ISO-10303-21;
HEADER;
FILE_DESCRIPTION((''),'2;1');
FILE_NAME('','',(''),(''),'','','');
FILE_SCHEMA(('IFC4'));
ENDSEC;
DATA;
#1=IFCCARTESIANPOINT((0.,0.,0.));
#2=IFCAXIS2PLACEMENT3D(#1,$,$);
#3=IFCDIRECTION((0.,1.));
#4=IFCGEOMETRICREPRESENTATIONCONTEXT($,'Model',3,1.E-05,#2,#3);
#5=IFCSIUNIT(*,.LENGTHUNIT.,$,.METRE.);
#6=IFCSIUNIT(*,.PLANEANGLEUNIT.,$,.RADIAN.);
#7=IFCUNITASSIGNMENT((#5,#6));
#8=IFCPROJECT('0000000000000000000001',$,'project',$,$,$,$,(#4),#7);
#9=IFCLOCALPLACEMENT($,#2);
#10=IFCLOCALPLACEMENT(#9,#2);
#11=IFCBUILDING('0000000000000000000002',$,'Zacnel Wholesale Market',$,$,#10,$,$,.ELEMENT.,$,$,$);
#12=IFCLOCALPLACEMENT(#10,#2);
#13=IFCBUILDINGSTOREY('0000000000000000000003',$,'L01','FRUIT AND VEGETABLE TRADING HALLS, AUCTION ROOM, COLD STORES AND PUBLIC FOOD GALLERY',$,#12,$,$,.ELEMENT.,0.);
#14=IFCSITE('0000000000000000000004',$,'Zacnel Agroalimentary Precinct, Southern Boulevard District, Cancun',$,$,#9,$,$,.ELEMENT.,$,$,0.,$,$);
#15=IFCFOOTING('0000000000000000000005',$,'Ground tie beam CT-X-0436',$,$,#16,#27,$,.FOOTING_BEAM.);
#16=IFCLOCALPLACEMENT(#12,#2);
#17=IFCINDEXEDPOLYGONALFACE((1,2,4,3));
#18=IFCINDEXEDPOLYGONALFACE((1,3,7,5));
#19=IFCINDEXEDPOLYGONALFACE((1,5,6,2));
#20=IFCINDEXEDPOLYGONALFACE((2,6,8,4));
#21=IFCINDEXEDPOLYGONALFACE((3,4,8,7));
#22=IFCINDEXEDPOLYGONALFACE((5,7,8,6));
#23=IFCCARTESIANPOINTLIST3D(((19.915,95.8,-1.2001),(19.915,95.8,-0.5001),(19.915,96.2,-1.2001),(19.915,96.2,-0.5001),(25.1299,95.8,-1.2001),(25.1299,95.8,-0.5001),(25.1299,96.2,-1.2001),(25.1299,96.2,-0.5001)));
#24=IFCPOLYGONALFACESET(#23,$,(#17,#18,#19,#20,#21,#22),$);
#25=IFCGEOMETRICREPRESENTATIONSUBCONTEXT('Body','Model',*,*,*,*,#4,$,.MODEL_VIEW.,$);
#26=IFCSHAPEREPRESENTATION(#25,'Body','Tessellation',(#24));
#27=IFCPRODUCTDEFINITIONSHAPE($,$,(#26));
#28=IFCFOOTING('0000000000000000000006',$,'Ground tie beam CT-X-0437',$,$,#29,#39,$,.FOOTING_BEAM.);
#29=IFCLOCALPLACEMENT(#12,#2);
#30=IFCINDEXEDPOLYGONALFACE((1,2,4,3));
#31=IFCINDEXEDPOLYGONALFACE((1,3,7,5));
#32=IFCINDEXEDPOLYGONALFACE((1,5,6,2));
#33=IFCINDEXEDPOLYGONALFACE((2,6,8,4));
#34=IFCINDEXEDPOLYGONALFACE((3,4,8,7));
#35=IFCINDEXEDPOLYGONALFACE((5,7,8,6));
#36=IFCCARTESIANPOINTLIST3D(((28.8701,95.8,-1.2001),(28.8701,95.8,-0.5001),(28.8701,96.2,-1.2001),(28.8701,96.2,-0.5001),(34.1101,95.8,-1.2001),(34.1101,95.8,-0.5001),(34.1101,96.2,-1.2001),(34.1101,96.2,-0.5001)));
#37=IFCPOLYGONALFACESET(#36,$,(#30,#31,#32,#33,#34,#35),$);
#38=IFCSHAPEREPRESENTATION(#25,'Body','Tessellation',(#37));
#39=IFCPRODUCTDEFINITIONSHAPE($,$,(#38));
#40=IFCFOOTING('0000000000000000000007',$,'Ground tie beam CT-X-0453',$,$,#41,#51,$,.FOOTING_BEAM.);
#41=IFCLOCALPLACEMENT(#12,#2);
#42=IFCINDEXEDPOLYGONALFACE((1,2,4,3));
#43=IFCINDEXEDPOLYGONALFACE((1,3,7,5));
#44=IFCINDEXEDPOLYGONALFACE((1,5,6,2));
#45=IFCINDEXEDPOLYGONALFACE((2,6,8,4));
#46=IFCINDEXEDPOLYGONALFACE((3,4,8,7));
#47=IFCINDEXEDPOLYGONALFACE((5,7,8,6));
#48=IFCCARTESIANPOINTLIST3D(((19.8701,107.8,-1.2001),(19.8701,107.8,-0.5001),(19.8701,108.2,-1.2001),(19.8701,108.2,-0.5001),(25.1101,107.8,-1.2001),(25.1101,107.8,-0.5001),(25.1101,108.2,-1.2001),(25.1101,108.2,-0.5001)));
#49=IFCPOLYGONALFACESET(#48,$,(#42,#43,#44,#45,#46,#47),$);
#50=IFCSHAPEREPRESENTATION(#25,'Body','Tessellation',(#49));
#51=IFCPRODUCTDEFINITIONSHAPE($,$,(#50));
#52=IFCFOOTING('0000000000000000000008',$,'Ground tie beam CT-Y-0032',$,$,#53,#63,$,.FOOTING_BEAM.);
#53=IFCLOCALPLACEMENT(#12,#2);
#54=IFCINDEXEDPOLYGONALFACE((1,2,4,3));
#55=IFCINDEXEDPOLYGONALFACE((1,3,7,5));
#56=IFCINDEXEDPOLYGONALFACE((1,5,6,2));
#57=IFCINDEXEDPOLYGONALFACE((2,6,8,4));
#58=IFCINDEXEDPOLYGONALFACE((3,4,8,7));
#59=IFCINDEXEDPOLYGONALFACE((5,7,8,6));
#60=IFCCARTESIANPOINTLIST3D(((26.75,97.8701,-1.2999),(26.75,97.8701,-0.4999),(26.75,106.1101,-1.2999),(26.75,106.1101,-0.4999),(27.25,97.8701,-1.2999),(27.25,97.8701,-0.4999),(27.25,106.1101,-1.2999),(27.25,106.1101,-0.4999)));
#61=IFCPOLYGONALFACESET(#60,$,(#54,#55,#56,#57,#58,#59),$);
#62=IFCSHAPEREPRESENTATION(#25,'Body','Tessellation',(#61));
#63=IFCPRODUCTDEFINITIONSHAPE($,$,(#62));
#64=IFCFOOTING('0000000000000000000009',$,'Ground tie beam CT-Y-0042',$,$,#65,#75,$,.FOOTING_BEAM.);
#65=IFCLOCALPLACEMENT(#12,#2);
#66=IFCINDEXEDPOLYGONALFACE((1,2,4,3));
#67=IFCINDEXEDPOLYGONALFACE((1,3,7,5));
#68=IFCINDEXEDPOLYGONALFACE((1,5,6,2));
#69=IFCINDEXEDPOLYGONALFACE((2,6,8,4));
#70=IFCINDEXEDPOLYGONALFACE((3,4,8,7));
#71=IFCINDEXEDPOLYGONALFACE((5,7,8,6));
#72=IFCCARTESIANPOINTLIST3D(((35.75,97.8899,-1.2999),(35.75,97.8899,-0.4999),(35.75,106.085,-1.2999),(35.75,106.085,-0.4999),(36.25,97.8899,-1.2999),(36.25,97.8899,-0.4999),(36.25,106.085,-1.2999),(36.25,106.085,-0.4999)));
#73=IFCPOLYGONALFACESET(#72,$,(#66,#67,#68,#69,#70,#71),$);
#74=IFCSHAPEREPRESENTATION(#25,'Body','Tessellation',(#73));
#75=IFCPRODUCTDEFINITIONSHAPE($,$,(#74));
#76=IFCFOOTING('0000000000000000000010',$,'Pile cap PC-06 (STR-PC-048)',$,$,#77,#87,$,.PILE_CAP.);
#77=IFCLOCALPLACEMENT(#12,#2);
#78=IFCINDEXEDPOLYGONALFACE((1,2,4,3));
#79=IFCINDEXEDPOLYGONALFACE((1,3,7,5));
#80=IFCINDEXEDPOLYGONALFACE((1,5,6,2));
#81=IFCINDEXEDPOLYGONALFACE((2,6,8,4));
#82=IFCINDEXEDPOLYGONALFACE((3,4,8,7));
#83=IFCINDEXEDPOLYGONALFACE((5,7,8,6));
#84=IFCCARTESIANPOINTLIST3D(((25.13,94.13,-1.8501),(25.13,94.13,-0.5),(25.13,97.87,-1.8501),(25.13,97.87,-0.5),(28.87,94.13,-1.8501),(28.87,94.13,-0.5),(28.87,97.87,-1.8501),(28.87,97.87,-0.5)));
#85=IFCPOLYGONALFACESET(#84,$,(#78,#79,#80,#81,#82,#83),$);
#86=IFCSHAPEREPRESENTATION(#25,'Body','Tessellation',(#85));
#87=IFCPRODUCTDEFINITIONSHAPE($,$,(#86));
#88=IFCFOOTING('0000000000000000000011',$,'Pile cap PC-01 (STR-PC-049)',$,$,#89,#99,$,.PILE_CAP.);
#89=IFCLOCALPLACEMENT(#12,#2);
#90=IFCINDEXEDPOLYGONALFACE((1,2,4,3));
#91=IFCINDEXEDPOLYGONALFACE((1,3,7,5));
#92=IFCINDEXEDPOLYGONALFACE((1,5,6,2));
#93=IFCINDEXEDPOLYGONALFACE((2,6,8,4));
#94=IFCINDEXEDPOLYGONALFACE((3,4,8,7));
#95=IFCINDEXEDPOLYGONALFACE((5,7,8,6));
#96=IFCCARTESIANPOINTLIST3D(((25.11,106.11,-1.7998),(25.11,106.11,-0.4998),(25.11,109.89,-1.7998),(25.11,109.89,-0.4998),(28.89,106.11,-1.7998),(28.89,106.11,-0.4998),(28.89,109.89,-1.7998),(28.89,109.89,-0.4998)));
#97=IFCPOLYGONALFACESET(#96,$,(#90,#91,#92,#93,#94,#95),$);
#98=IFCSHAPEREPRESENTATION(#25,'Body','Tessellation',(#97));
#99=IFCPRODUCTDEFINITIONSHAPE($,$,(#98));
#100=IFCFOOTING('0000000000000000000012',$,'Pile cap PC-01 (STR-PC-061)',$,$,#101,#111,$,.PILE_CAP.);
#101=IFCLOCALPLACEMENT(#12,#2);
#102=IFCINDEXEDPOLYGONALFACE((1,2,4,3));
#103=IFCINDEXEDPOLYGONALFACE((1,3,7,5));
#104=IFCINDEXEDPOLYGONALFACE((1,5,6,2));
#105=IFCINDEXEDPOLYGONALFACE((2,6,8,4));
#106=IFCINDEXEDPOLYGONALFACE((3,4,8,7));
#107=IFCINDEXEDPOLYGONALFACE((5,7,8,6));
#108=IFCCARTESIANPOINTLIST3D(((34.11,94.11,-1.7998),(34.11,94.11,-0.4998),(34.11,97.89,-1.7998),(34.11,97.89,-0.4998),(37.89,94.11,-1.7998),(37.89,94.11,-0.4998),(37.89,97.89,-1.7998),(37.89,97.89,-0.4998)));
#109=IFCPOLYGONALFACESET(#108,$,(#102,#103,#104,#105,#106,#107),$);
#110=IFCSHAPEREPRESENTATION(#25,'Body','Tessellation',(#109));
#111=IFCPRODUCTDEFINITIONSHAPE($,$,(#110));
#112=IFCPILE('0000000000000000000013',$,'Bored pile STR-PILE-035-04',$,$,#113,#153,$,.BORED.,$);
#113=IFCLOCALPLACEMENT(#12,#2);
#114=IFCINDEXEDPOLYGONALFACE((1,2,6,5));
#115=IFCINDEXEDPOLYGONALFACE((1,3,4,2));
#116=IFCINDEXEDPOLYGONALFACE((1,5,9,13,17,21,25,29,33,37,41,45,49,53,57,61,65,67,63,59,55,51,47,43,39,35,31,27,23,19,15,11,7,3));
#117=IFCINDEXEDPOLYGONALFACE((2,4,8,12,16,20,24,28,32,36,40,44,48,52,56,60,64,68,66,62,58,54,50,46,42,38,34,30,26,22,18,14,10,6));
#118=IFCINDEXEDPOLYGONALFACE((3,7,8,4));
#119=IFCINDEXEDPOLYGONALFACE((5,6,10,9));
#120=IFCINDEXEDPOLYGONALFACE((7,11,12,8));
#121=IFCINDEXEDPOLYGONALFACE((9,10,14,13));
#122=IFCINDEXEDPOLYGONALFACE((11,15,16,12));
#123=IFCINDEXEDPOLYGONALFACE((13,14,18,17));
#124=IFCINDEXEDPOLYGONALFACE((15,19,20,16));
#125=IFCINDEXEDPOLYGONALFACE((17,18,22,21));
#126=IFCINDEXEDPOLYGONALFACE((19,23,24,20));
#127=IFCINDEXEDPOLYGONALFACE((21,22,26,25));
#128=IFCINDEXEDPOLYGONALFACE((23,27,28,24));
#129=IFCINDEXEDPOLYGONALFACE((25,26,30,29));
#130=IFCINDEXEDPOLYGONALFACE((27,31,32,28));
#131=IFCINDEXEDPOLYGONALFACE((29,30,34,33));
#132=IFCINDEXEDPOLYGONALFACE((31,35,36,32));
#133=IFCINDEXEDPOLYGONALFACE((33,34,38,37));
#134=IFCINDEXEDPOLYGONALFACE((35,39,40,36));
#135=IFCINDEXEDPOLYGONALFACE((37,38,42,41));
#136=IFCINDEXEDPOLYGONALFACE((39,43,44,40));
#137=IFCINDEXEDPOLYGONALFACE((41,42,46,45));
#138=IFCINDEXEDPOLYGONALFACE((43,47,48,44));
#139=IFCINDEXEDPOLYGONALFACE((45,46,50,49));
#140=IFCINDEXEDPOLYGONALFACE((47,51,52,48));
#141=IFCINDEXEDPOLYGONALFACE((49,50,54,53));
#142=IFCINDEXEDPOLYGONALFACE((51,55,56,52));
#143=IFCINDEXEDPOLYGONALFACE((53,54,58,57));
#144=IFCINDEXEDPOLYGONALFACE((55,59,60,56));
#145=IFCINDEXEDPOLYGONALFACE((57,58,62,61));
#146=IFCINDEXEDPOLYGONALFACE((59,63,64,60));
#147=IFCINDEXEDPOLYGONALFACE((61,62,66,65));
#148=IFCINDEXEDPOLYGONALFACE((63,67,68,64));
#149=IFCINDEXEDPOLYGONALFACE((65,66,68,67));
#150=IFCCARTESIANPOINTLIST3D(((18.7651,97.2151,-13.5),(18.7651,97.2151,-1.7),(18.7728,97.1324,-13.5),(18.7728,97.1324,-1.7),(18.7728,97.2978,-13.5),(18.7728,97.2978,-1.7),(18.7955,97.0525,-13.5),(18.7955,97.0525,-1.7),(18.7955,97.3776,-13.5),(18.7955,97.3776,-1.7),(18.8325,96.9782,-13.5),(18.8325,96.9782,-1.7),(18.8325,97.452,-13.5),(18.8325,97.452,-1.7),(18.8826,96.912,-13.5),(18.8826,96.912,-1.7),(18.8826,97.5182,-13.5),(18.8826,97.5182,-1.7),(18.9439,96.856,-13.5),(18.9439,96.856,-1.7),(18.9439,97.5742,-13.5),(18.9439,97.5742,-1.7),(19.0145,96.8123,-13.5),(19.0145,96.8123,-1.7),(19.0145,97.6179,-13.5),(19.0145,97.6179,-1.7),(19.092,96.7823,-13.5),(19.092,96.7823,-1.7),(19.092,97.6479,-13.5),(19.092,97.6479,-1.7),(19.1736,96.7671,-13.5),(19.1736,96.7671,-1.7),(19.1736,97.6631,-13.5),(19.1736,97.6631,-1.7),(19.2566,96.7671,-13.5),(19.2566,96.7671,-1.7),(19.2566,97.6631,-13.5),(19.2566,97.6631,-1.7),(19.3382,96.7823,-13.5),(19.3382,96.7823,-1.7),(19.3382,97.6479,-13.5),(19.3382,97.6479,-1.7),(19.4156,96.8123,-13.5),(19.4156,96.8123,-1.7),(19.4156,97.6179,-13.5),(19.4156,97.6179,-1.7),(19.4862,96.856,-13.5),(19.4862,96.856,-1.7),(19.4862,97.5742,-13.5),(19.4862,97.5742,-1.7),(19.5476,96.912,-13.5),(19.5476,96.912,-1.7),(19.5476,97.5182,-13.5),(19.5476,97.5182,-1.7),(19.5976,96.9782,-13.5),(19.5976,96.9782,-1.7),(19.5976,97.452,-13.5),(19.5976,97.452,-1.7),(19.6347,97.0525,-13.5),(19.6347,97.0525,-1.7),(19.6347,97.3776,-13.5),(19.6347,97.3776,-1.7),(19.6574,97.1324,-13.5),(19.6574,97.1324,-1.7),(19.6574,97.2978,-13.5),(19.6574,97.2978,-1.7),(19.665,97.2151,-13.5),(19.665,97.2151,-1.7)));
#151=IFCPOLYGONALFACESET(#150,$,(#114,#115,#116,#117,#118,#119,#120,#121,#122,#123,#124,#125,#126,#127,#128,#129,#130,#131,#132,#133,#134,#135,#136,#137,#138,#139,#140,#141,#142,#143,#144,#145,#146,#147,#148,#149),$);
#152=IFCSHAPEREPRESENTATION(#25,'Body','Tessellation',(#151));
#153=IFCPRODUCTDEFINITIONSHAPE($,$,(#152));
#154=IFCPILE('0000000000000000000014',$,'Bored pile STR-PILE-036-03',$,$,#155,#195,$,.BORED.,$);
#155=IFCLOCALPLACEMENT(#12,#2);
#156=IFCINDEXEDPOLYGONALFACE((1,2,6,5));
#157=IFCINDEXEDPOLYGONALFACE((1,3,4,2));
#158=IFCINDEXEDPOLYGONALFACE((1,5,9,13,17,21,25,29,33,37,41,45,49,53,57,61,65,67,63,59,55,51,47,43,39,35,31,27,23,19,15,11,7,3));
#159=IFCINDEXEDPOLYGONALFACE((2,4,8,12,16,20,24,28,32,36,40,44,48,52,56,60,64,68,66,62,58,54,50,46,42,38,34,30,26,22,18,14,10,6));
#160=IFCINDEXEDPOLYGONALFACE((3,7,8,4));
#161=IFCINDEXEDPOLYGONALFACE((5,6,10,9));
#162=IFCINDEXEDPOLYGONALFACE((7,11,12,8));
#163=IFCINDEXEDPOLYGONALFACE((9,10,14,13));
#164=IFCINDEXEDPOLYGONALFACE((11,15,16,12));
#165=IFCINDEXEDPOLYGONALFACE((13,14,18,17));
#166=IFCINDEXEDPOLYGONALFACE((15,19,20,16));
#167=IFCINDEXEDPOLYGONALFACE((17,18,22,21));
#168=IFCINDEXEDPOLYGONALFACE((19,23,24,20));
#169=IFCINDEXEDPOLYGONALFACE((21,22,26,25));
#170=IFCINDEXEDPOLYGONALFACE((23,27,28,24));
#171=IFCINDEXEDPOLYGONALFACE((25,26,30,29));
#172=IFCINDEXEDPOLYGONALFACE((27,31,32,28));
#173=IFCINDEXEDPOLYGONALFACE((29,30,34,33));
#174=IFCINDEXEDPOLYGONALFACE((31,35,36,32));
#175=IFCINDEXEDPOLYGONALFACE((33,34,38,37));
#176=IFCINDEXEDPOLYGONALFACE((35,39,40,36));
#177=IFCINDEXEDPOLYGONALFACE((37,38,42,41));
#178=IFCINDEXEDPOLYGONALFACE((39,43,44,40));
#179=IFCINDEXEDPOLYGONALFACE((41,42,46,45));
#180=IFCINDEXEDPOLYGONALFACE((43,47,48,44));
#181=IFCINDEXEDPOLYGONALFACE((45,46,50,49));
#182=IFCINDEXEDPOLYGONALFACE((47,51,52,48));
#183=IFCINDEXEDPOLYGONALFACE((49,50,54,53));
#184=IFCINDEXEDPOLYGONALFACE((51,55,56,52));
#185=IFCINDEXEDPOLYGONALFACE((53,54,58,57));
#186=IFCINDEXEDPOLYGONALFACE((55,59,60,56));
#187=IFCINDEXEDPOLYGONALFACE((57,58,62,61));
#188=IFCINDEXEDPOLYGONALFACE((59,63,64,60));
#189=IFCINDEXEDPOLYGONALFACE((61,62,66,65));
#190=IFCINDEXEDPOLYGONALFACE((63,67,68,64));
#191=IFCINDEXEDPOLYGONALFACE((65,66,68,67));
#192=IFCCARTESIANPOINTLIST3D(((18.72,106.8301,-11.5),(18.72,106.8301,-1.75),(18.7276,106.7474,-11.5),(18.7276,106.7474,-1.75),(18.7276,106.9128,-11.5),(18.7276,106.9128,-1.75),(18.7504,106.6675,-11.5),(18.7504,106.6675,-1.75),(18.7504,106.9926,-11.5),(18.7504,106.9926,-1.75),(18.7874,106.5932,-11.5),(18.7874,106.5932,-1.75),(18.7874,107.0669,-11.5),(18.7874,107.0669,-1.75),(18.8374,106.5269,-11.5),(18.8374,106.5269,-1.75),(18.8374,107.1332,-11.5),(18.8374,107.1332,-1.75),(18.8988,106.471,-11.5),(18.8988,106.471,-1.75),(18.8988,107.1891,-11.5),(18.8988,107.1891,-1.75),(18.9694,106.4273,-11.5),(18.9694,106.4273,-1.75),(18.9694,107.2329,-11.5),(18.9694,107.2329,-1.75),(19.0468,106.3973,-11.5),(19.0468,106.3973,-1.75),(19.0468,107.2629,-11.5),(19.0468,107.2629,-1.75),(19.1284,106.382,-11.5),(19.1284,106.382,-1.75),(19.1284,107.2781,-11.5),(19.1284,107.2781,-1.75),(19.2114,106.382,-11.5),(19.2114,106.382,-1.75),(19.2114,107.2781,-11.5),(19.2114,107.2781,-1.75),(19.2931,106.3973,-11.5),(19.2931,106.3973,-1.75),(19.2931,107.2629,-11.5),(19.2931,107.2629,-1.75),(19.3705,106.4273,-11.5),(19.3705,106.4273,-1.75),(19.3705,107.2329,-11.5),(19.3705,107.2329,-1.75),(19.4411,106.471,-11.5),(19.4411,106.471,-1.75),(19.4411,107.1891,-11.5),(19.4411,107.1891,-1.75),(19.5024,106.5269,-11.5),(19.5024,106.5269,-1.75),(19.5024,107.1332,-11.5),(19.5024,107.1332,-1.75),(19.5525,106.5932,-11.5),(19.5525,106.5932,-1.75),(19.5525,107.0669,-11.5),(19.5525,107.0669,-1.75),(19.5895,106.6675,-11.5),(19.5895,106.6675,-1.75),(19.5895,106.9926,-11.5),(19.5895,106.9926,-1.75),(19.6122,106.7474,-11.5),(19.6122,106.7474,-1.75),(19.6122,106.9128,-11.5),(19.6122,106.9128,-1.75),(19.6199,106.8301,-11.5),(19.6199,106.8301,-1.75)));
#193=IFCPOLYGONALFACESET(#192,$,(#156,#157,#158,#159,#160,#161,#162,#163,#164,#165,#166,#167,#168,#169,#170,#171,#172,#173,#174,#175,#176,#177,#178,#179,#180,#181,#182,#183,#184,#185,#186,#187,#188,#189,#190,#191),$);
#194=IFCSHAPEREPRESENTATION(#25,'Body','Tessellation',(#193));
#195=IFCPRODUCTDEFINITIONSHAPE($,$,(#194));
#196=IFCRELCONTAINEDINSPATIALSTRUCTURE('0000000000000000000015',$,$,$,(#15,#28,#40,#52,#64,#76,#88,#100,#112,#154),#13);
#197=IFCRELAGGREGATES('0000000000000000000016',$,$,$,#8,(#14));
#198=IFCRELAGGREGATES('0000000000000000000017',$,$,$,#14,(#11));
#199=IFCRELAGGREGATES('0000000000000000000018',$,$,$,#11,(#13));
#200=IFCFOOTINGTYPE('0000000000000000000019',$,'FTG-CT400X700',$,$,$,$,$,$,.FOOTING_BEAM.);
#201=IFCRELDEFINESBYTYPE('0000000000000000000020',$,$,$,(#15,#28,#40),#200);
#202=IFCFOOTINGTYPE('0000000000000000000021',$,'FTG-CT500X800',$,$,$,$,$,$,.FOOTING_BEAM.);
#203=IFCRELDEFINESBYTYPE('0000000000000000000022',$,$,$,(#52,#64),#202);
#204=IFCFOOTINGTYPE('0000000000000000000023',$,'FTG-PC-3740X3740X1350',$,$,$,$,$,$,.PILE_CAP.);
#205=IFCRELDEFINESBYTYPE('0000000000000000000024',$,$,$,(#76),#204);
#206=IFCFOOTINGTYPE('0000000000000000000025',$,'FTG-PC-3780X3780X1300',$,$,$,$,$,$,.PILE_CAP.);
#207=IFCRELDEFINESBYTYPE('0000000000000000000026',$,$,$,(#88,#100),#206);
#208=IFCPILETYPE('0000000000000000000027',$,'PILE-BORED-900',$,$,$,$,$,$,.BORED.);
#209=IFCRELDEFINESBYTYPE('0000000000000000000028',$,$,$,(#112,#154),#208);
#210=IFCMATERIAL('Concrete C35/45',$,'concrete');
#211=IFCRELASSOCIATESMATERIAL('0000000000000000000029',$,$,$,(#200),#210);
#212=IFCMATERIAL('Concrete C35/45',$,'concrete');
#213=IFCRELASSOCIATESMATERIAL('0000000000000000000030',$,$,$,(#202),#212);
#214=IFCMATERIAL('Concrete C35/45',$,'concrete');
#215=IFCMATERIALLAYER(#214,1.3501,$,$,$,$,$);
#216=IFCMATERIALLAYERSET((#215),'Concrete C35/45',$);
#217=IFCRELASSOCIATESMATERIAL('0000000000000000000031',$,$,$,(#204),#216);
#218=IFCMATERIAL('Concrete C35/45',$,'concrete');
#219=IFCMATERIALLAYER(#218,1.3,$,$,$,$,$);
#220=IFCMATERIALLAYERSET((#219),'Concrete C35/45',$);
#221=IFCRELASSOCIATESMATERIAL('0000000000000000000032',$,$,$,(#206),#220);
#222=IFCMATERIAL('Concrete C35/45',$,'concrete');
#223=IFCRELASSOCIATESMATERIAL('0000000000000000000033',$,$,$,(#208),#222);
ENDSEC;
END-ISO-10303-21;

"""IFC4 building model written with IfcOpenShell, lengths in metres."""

from ifc_helpers import new_model, si_unit, direction, frame, origin, origin_2d, place, context, subcontext, project, spatial, rectangle, circle, extrude, material, layer, layer_set, material_profile, profile_set, type_object, element, save


model = new_model("IFC4")

# Units and contexts
model_context = context("Model", 3, precision=1e-05, world=origin(), true_north=direction((0.0, 1.0)))
body_context = subcontext(model_context, "Body", "Model", "MODEL_VIEW")
ifc_project = project(units=[si_unit("LENGTHUNIT", "METRE"), si_unit("PLANEANGLEUNIT", "RADIAN")], contexts=[model_context])

# Site, building, storey
site_placement = place(None, origin())
site = spatial("IfcSite", under=ifc_project, at=site_placement, Name="Zacnel Agroalimentary Precinct, Southern Boulevard District, Cancun", CompositionType="ELEMENT", RefElevation=0.0)
building_placement = place(site_placement, origin())
building = spatial("IfcBuilding", under=site, at=building_placement, Name="Zacnel Wholesale Market", CompositionType="ELEMENT")
storey_placement = place(building_placement, origin())
storey = spatial("IfcBuildingStorey", under=building, at=storey_placement, Name="L01", Description="FRUIT AND VEGETABLE TRADING HALLS, AUCTION ROOM, COLD STORES AND PUBLIC FOOD GALLERY", CompositionType="ELEMENT", Elevation=0.0)

# Footings
ifc_material_1 = material(Name="Concrete C35/45", Category="concrete")
ifc_material_profile_1 = material_profile(ifc_material_1, rectangle(XDim=0.3999, YDim=0.7, at=origin_2d()), Name="CT 400x700")
ifc_profile_set_1 = profile_set([ifc_material_profile_1], Name="Concrete C35/45")
footing_type_1 = type_object("IfcFootingType", Name="FTG-CT400X700", PredefinedType="FOOTING_BEAM", material=ifc_profile_set_1)
footing_1_placement = place(storey_placement, frame((19.915, 96.0, -0.8501), z_axis=(1.0, 0.0, 0.0), x_axis=(0.0, 1.0, 0.0)))
element("IfcFooting", 1, at=footing_1_placement, inside=storey, type_object=footing_type_1, Name="Ground tie beam CT-X-0436", PredefinedType="FOOTING_BEAM", context=body_context, shape_type="SweptSolid", body=[
    extrude(rectangle(XDim=0.3999, YDim=0.7, at=origin_2d()), origin(), (0.0, 0.0, 1.0), 5.2148),
])
for number, where, z_axis, x_axis, name in (
    (2, (28.8701, 96.0, -0.8501), (1.0, 0.0, 0.0), (0.0, 1.0, 0.0), "Ground tie beam CT-X-0437"),
    (3, (19.8701, 108.0, -0.8501), (1.0, 0.0, 0.0), (0.0, 1.0, 0.0), "Ground tie beam CT-X-0453"),
):
    element("IfcFooting", number, at=place(storey_placement, frame(where, z_axis=z_axis, x_axis=x_axis)), inside=storey, type_object=footing_type_1, Name=name, PredefinedType="FOOTING_BEAM", context=body_context, shape_type="SweptSolid", body=[
        extrude(rectangle(XDim=0.3999, YDim=0.7, at=origin_2d()), origin(), (0.0, 0.0, 1.0), 5.24),
    ])
ifc_material_2 = material(Name="Concrete C35/45", Category="concrete")
ifc_material_profile_2 = material_profile(ifc_material_2, rectangle(XDim=0.5, YDim=0.8, at=origin_2d()), Name="CT 500x800")
ifc_profile_set_2 = profile_set([ifc_material_profile_2], Name="Concrete C35/45")
footing_type_2 = type_object("IfcFootingType", Name="FTG-CT500X800", PredefinedType="FOOTING_BEAM", material=ifc_profile_set_2)
footing_2_placement = place(storey_placement, frame((27.0, 97.8701, -0.8999), z_axis=(0.0, 1.0, 0.0), x_axis=(-1.0, 0.0, 0.0)))
element("IfcFooting", 4, at=footing_2_placement, inside=storey, type_object=footing_type_2, Name="Ground tie beam CT-Y-0032", PredefinedType="FOOTING_BEAM", context=body_context, shape_type="SweptSolid", body=[
    extrude(rectangle(XDim=0.5, YDim=0.8, at=origin_2d()), origin(), (0.0, 0.0, 1.0), 8.24),
])
footing_3_placement = place(storey_placement, frame((36.0, 97.8899, -0.8999), z_axis=(0.0, 1.0, 0.0), x_axis=(-1.0, 0.0, 0.0)))
element("IfcFooting", 5, at=footing_3_placement, inside=storey, type_object=footing_type_2, Name="Ground tie beam CT-Y-0042", PredefinedType="FOOTING_BEAM", context=body_context, shape_type="SweptSolid", body=[
    extrude(rectangle(XDim=0.5, YDim=0.8, at=origin_2d()), origin(), (0.0, 0.0, 1.0), 8.1951),
])
ifc_material_3 = material(Name="Concrete C35/45", Category="concrete")
ifc_layer_1 = layer(ifc_material_3, 1.3501)
ifc_layer_set_1 = layer_set([ifc_layer_1], Name="Concrete C35/45")
footing_type_3 = type_object("IfcFootingType", Name="FTG-PC-3740X3740X1350", PredefinedType="PILE_CAP", material=ifc_layer_set_1)
footing_4_placement = place(storey_placement, frame((27.0, 96.0, -1.8501), z_axis=(0.0, 0.0, 1.0), x_axis=(1.0, 0.0, 0.0)))
element("IfcFooting", 6, at=footing_4_placement, inside=storey, type_object=footing_type_3, Name="Pile cap PC-06 (STR-PC-048)", PredefinedType="PILE_CAP", context=body_context, shape_type="SweptSolid", body=[
    extrude(rectangle(XDim=3.74, YDim=3.74, at=origin_2d()), origin(), (0.0, 0.0, 1.0), 1.3501),
])
ifc_material_4 = material(Name="Concrete C35/45", Category="concrete")
ifc_layer_2 = layer(ifc_material_4, 1.3)
ifc_layer_set_2 = layer_set([ifc_layer_2], Name="Concrete C35/45")
footing_type_4 = type_object("IfcFootingType", Name="FTG-PC-3780X3780X1300", PredefinedType="PILE_CAP", material=ifc_layer_set_2)
for number, where, z_axis, x_axis, name in (
    (7, (27.0, 108.0, -1.7998), (0.0, 0.0, 1.0), (1.0, 0.0, 0.0), "Pile cap PC-01 (STR-PC-049)"),
    (8, (36.0, 96.0, -1.7998), (0.0, 0.0, 1.0), (1.0, 0.0, 0.0), "Pile cap PC-01 (STR-PC-061)"),
):
    element("IfcFooting", number, at=place(storey_placement, frame(where, z_axis=z_axis, x_axis=x_axis)), inside=storey, type_object=footing_type_4, Name=name, PredefinedType="PILE_CAP", context=body_context, shape_type="SweptSolid", body=[
        extrude(rectangle(XDim=3.78, YDim=3.78, at=origin_2d()), origin(), (0.0, 0.0, 1.0), 1.3),
    ])

# Piles
ifc_material_5 = material(Name="Concrete C35/45", Category="concrete")
ifc_material_profile_3 = material_profile(ifc_material_5, circle(Radius=0.45, at=origin_2d()), Name="BORED PILE D900")
ifc_profile_set_3 = profile_set([ifc_material_profile_3], Name="Concrete C35/45")
pile_type = type_object("IfcPileType", Name="PILE-BORED-900", PredefinedType="BORED", material=ifc_profile_set_3)
pile_1_placement = place(storey_placement, frame((19.2151, 97.2151, -1.7), z_axis=(0.0, 0.0, -1.0), x_axis=(1.0, 0.0, 0.0)))
element("IfcPile", 9, at=pile_1_placement, inside=storey, type_object=pile_type, Name="Bored pile STR-PILE-035-04", PredefinedType="BORED", context=body_context, shape_type="SweptSolid", body=[
    extrude(circle(Radius=0.45, at=origin_2d()), origin(), (0.0, 0.0, 1.0), 11.8),
])
pile_2_placement = place(storey_placement, frame((19.1699, 106.8301, -1.75), z_axis=(0.0, 0.0, -1.0), x_axis=(1.0, 0.0, 0.0)))
element("IfcPile", 10, at=pile_2_placement, inside=storey, type_object=pile_type, Name="Bored pile STR-PILE-036-03", PredefinedType="BORED", context=body_context, shape_type="SweptSolid", body=[
    extrude(circle(Radius=0.45, at=origin_2d()), origin(), (0.0, 0.0, 1.0), 9.75),
])

save(model, "model.ifc")
